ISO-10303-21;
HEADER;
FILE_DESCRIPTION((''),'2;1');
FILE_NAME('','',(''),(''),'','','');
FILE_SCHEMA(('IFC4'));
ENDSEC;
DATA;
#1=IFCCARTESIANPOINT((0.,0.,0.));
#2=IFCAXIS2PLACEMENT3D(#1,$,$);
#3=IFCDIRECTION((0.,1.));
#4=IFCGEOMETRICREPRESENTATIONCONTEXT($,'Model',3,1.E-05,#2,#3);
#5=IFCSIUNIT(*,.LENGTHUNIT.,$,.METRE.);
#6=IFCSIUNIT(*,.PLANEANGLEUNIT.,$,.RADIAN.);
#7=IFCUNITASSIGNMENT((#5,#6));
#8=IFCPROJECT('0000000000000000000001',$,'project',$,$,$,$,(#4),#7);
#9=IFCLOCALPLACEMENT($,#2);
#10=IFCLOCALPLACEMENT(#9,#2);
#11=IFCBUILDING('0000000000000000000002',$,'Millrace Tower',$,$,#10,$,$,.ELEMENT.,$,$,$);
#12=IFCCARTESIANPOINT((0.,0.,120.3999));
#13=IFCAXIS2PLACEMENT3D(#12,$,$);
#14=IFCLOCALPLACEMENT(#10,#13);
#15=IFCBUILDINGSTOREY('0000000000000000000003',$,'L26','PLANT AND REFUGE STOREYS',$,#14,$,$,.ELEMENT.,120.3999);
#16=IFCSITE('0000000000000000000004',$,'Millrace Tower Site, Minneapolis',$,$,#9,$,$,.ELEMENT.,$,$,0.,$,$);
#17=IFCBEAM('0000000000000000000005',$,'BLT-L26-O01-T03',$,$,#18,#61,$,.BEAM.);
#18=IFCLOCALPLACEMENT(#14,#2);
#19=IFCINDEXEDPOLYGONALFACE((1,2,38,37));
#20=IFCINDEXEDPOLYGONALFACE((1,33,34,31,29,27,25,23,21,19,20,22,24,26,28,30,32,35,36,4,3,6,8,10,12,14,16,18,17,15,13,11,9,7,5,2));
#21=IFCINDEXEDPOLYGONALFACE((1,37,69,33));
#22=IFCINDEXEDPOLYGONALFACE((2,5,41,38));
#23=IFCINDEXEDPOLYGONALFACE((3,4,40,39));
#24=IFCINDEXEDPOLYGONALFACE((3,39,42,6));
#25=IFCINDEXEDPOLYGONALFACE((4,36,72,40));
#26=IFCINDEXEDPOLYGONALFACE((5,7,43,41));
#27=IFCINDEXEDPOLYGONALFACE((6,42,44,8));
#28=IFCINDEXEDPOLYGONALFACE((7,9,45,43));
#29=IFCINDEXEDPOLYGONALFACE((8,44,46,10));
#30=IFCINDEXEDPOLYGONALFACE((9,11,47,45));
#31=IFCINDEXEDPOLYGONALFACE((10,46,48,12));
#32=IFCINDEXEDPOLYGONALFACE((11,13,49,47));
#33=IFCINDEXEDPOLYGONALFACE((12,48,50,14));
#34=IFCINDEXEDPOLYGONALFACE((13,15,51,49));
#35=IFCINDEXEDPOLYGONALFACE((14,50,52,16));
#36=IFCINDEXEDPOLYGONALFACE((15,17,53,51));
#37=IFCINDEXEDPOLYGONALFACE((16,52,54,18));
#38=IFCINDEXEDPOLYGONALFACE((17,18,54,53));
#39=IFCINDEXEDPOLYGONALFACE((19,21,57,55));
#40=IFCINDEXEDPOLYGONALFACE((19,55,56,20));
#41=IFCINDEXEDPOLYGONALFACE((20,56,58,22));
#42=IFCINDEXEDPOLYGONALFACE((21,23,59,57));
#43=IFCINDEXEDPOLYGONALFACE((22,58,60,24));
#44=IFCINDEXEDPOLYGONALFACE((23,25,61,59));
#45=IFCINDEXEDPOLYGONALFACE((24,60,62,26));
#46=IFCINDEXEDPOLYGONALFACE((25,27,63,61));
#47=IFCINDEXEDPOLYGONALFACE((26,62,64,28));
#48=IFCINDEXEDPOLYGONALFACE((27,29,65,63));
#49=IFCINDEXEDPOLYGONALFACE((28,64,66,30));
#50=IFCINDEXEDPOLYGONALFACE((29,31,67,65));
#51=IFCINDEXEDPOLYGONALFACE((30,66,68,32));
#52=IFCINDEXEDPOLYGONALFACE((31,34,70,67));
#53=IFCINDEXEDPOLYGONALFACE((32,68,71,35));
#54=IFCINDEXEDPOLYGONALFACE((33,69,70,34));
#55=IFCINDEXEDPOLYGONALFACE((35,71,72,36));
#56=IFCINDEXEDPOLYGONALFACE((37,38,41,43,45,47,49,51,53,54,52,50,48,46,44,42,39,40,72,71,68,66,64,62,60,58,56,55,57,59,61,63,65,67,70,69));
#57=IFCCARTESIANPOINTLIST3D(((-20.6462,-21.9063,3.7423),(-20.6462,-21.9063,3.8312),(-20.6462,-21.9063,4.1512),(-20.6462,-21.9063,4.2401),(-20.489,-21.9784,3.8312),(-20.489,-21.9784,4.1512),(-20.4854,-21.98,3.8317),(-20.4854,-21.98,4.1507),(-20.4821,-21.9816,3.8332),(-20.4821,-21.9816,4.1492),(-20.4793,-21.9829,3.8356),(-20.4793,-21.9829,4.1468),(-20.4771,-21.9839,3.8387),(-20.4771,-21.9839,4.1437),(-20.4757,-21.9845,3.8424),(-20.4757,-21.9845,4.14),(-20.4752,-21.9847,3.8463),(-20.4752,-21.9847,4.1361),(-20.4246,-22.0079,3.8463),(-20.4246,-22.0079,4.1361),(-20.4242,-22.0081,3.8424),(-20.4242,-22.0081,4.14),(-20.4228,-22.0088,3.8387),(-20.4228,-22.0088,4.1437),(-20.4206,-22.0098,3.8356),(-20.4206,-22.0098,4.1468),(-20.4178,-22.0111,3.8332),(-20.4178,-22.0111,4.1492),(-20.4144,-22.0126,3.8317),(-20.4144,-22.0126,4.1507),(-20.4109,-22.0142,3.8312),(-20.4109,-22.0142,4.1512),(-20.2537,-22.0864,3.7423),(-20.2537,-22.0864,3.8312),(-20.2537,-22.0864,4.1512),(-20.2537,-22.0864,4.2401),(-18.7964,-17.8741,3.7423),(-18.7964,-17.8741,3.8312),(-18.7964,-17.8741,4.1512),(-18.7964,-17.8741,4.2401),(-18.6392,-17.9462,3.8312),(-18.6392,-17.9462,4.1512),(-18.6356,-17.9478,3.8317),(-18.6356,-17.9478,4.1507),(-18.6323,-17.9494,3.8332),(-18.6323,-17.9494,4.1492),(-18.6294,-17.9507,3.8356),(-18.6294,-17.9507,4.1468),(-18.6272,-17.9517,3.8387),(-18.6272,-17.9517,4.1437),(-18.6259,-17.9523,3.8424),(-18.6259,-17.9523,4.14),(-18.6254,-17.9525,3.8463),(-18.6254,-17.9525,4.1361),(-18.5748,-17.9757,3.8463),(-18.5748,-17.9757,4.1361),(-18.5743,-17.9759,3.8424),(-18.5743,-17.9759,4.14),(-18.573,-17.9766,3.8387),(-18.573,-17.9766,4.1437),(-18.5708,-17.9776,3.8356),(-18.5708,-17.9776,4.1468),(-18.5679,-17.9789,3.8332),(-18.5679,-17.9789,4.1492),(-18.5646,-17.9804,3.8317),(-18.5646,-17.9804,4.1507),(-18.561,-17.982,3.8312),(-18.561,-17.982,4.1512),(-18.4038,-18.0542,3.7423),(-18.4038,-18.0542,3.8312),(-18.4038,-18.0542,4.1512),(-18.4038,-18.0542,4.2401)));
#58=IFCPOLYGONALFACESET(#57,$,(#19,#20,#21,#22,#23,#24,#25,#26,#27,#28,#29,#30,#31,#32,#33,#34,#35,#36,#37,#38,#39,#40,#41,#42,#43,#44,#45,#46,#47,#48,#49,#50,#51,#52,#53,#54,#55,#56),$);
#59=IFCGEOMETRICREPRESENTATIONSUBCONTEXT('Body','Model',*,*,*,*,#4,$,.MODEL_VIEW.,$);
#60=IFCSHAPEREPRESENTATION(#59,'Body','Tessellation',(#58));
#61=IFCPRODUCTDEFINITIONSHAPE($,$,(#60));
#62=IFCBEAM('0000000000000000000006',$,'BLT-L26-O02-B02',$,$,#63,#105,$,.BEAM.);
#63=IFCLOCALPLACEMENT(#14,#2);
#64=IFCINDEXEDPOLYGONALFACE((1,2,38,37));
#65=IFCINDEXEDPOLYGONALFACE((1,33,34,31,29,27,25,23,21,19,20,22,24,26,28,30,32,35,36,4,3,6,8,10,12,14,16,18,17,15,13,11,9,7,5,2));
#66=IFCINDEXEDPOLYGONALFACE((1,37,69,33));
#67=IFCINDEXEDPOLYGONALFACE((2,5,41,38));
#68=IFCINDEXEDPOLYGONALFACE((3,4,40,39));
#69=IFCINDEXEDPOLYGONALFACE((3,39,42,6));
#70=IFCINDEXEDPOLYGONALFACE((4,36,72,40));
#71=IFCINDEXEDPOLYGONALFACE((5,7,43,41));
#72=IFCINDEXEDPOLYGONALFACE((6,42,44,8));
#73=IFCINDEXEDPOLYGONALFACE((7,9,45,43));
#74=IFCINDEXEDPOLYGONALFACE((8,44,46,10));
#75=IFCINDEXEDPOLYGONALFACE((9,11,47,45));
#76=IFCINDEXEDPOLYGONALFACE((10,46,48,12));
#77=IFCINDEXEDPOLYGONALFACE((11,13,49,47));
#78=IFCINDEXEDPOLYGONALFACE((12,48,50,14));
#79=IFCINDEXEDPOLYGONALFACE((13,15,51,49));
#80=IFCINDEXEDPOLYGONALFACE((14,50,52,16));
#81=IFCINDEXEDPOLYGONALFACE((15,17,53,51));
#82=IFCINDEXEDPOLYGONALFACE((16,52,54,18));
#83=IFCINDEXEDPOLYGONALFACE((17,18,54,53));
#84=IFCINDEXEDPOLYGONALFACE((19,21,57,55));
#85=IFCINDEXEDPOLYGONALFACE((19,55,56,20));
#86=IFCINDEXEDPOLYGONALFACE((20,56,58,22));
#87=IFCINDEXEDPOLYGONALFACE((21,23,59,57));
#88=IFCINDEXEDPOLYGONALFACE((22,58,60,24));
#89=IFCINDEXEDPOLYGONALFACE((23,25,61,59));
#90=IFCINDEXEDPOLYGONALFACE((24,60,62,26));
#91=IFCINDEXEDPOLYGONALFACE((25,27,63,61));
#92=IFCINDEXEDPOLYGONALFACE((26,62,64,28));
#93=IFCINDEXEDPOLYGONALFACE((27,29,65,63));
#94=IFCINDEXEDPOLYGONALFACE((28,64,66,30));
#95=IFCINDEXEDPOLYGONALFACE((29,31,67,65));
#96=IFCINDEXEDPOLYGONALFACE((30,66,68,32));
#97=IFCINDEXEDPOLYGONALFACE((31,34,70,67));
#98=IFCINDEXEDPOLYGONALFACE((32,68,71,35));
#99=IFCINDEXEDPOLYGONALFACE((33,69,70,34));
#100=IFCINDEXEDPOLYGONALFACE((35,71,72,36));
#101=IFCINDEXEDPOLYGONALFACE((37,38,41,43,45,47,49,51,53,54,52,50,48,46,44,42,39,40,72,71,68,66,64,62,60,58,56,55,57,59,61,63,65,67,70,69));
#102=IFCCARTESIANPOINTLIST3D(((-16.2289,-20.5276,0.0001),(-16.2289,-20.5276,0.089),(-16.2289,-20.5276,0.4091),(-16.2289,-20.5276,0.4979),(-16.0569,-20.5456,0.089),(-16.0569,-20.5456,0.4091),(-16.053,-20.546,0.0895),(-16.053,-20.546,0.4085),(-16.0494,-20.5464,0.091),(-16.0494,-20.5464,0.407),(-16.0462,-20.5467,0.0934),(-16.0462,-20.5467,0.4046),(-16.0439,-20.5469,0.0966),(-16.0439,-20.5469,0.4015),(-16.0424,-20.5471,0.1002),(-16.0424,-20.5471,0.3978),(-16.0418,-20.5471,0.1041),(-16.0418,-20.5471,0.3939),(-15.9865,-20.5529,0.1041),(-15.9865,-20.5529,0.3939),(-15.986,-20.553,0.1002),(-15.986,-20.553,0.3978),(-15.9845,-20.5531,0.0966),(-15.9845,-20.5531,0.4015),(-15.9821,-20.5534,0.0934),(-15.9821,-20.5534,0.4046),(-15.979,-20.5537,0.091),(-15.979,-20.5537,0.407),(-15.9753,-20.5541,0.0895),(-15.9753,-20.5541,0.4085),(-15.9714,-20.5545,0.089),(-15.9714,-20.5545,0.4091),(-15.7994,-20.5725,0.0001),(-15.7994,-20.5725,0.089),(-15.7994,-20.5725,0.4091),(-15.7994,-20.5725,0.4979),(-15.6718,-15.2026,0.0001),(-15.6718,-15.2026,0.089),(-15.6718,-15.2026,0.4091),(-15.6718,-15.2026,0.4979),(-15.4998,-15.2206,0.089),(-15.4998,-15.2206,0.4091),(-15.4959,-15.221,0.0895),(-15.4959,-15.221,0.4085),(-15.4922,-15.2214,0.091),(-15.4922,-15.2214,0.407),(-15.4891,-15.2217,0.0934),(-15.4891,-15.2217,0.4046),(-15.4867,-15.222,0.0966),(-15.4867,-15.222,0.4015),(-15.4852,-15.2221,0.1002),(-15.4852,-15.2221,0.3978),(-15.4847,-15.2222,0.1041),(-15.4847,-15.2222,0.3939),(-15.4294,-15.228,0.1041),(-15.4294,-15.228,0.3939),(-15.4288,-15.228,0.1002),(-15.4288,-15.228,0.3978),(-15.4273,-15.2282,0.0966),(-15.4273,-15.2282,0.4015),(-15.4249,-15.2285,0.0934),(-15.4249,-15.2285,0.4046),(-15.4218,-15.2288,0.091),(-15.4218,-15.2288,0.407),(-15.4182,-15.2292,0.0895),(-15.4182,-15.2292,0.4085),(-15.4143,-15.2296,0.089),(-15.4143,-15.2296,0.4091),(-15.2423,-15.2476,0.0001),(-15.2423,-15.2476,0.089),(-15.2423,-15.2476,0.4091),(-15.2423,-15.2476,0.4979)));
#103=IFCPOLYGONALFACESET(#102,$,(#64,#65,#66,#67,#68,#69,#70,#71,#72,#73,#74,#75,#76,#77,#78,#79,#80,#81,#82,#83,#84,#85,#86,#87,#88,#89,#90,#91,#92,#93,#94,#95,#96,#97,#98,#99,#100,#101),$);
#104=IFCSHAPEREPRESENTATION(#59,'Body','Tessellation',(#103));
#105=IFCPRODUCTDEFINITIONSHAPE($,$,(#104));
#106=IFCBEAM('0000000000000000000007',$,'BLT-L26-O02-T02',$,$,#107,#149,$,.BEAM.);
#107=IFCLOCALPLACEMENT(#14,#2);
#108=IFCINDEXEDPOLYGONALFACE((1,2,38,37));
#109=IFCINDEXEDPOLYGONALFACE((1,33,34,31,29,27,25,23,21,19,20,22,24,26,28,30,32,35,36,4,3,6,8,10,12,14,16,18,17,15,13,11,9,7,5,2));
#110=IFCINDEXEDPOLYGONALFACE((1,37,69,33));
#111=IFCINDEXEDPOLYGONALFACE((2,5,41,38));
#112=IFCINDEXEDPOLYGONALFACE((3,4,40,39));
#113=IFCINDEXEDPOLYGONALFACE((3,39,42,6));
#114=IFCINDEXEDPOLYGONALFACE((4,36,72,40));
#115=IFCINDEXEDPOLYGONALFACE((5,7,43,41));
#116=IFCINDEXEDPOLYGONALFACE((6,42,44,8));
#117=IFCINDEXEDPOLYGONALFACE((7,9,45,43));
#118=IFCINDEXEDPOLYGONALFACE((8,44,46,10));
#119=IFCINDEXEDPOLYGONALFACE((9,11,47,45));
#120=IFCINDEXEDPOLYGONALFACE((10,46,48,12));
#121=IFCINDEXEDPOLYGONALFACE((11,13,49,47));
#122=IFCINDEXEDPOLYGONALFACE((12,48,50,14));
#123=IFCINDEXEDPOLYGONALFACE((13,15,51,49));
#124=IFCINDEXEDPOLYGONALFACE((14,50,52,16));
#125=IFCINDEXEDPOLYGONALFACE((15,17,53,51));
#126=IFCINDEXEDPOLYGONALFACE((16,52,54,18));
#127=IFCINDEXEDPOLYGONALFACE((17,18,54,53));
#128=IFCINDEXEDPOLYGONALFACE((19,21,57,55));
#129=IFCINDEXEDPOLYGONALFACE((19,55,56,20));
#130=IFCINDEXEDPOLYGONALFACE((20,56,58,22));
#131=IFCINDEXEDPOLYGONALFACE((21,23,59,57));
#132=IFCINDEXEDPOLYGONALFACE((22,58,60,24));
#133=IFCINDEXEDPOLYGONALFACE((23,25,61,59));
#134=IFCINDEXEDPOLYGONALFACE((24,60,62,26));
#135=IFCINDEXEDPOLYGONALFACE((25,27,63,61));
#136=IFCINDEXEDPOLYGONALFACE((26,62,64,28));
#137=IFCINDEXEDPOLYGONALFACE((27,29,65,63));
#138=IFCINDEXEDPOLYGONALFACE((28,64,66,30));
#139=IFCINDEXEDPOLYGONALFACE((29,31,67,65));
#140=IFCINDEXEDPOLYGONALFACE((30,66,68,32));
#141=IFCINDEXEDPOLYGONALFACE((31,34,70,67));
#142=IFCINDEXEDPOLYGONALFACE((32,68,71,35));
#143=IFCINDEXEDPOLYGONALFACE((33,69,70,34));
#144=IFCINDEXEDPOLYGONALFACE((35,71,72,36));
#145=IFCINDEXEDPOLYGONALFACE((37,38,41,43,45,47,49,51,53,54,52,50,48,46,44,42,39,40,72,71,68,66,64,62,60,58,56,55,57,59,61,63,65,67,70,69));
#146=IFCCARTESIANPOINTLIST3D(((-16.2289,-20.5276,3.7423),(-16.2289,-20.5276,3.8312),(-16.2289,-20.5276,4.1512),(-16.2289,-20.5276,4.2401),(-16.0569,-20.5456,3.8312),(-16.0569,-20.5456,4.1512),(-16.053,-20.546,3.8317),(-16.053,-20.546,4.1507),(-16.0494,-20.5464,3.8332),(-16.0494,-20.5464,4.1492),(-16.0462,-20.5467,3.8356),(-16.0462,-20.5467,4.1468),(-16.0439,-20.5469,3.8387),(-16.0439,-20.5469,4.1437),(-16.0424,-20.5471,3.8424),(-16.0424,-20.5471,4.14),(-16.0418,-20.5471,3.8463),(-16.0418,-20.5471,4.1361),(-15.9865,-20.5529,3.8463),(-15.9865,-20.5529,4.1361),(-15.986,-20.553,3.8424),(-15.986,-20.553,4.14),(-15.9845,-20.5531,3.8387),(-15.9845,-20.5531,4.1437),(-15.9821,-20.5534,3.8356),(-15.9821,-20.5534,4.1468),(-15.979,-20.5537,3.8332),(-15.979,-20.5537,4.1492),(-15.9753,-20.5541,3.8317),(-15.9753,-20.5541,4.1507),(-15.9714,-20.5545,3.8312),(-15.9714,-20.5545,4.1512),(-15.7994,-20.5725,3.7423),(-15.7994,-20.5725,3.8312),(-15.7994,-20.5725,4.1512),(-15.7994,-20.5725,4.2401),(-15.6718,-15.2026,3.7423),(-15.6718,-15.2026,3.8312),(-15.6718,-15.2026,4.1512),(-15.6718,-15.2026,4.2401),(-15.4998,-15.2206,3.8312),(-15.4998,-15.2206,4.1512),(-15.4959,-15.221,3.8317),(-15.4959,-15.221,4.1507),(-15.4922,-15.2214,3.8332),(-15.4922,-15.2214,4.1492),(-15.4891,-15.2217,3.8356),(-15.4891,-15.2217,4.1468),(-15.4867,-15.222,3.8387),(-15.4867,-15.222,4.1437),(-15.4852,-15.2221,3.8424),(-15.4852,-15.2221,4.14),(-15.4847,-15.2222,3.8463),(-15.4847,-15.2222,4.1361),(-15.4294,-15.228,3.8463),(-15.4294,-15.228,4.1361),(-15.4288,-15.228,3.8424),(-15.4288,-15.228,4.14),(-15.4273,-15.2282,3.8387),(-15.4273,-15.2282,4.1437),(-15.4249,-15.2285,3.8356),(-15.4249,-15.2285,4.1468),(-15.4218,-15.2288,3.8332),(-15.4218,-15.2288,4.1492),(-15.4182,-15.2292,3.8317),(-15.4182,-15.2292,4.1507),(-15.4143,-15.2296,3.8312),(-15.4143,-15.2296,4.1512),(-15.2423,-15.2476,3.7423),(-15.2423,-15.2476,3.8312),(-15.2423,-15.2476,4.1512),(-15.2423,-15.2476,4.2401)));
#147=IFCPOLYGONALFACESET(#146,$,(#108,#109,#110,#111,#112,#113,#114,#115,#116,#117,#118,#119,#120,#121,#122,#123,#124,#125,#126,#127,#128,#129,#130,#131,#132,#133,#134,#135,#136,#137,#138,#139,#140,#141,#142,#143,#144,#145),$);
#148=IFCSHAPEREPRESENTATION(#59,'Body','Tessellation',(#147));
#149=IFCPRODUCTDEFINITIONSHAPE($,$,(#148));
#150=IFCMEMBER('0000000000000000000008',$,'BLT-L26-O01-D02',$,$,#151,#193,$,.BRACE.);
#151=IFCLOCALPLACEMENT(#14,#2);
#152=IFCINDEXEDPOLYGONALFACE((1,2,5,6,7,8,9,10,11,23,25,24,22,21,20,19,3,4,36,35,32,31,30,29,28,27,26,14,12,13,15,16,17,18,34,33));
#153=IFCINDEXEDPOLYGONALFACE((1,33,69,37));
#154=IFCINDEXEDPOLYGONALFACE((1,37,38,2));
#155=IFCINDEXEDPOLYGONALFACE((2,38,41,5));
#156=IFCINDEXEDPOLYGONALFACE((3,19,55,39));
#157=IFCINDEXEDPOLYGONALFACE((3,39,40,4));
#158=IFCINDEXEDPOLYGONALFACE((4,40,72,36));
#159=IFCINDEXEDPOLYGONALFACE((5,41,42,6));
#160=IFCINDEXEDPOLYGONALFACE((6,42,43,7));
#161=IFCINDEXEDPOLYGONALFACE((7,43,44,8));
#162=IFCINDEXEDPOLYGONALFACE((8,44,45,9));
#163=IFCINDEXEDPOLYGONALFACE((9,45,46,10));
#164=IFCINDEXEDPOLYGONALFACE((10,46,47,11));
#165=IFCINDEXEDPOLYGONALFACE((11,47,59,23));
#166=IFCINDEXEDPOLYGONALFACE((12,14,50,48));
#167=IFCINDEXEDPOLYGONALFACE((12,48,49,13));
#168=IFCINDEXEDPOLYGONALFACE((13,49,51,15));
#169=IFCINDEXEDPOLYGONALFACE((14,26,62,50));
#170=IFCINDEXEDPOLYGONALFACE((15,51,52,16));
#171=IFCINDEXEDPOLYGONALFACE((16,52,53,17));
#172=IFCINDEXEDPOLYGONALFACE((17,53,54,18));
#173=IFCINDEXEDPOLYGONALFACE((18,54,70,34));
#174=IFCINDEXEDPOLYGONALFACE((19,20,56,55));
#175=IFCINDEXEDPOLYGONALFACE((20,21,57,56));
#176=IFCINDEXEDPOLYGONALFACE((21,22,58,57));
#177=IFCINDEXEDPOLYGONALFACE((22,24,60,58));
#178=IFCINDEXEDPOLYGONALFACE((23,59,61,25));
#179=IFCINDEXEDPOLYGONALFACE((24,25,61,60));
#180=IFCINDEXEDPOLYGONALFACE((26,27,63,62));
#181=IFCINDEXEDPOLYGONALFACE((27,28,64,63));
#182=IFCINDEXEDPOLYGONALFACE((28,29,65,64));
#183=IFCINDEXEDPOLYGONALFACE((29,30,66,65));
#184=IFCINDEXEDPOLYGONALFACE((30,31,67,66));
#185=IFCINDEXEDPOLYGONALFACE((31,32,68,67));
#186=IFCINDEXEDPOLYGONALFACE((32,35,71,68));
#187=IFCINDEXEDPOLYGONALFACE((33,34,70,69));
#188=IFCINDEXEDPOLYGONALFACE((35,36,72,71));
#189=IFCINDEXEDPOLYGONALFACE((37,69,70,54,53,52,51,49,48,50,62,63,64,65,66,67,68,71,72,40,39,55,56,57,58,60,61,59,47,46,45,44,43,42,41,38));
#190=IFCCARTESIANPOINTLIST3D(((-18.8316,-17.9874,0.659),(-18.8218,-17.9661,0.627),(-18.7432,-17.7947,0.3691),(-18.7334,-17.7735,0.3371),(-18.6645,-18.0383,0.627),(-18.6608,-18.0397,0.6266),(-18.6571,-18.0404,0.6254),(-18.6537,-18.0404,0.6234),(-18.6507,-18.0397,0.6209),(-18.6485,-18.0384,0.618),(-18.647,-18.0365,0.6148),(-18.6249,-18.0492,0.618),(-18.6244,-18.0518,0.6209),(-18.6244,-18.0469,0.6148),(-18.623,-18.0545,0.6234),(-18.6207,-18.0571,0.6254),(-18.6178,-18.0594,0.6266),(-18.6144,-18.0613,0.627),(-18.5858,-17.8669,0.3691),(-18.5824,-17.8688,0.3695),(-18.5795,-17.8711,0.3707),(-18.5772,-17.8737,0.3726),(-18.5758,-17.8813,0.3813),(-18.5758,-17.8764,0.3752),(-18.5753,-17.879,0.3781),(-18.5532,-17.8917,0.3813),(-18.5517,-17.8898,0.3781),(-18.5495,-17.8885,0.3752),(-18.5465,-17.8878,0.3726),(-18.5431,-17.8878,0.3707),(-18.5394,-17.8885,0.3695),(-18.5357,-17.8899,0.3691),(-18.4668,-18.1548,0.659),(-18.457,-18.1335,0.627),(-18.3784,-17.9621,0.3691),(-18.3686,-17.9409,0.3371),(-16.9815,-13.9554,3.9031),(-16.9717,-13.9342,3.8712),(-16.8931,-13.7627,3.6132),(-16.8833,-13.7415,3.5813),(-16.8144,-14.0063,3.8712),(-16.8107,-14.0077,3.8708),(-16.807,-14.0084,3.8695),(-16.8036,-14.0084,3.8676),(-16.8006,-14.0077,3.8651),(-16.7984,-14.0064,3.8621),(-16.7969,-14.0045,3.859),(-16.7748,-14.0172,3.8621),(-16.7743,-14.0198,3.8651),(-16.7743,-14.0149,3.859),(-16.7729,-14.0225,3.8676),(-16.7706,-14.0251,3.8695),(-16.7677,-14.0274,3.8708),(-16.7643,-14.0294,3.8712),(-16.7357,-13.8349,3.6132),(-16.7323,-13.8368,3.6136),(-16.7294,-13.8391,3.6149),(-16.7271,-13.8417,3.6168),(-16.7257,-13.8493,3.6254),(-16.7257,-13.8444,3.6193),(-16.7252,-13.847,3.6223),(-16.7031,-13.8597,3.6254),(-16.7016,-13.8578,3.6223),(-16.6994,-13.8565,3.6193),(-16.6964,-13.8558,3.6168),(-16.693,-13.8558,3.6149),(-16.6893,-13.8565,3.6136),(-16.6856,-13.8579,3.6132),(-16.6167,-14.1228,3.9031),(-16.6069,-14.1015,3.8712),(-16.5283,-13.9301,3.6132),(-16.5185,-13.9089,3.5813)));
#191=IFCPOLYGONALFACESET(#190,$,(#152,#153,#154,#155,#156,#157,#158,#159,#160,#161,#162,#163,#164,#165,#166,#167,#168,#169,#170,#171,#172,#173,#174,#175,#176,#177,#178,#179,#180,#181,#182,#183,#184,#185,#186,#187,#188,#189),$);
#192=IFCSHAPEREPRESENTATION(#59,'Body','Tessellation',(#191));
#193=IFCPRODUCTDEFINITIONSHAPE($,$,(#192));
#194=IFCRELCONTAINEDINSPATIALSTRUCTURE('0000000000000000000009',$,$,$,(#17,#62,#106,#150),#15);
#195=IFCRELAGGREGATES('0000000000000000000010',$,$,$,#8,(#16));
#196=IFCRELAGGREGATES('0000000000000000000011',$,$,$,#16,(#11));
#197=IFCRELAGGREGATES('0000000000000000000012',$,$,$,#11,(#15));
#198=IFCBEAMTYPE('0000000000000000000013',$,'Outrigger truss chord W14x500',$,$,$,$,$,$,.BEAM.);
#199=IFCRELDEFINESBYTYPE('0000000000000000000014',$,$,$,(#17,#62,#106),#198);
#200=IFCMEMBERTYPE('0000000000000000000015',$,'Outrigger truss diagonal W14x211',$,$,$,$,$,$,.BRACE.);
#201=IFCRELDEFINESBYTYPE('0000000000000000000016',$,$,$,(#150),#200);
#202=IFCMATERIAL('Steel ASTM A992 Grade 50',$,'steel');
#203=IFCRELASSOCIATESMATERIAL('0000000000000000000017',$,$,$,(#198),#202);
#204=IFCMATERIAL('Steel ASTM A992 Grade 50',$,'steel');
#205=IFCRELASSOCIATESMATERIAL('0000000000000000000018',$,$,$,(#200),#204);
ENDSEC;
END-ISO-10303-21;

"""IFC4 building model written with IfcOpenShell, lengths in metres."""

from ifc_helpers import new_model, si_unit, direction, frame, origin, origin_2d, place, context, subcontext, project, spatial, i_section, extrude, material, material_profile, profile_set, type_object, element, save


model = new_model("IFC4")

# Units and contexts
model_context = context("Model", 3, precision=1e-05, world=origin(), true_north=direction((0.0, 1.0)))
body_context = subcontext(model_context, "Body", "Model", "MODEL_VIEW")
ifc_project = project(units=[si_unit("LENGTHUNIT", "METRE"), si_unit("PLANEANGLEUNIT", "RADIAN")], contexts=[model_context])

# Site, building, storey
site_placement = place(None, origin())
site = spatial("IfcSite", under=ifc_project, at=site_placement, Name="Millrace Tower Site, Minneapolis", CompositionType="ELEMENT", RefElevation=0.0)
building_placement = place(site_placement, origin())
building = spatial("IfcBuilding", under=site, at=building_placement, Name="Millrace Tower", CompositionType="ELEMENT")
storey_placement = place(building_placement, frame((0.0, 0.0, 120.3999)))
storey = spatial("IfcBuildingStorey", under=building, at=storey_placement, Name="L26", Description="PLANT AND REFUGE STOREYS", CompositionType="ELEMENT", Elevation=120.3999)

# Beams
ifc_material_1 = material(Name="Steel ASTM A992 Grade 50", Category="steel")
ifc_material_profile_1 = material_profile(ifc_material_1, i_section(OverallWidth=0.4319, OverallDepth=0.4978, WebThickness=0.0557, FlangeThickness=0.0889, FilletRadius=0.0151, at=origin_2d()))
ifc_profile_set_1 = profile_set([ifc_material_profile_1], Name="Steel ASTM A992 Grade 50")
beam_type_1 = type_object("IfcBeamType", Name="Outrigger truss chord W14x500", PredefinedType="BEAM", material=ifc_profile_set_1)
for number, where, z_axis, x_axis, name in (
    (1, (-18.6001, -17.9641, 3.9912), (-0.416981, -0.908915, 0.0), (0.908915, -0.416981, 0.0), "BLT-L26-O01-T03"),
):
    element("IfcBeam", number, at=place(storey_placement, frame(where, z_axis=z_axis, x_axis=x_axis)), inside=storey, type_object=beam_type_1, Name=name, PredefinedType="BEAM", context=body_context, shape_type="SweptSolid", body=[
        extrude(i_section(OverallWidth=0.4319, OverallDepth=0.4978, WebThickness=0.0557, FlangeThickness=0.0889, FilletRadius=0.0151, at=origin_2d()), origin(), (0.0, 0.0, 1.0), 4.4363),
    ])
for number, where, z_axis, x_axis, name in (
    (2, (-15.457, -15.2251, 0.249), (-0.104058, -0.994571, 0.0), (0.994571, -0.104058, 0.0), "BLT-L26-O02-B02"),
    (3, (-15.457, -15.2251, 3.9912), (-0.104058, -0.994571, 0.0), (0.994571, -0.104058, 0.0), "BLT-L26-O02-T02"),
):
    element("IfcBeam", number, at=place(storey_placement, frame(where, z_axis=z_axis, x_axis=x_axis)), inside=storey, type_object=beam_type_1, Name=name, PredefinedType="BEAM", context=body_context, shape_type="SweptSolid", body=[
        extrude(i_section(OverallWidth=0.4319, OverallDepth=0.4978, WebThickness=0.0557, FlangeThickness=0.0889, FilletRadius=0.0151, at=origin_2d()), origin(), (0.0, 0.0, 1.0), 5.354),
    ])

# Member
ifc_material_2 = material(Name="Steel ASTM A992 Grade 50", Category="steel")
ifc_material_profile_2 = material_profile(ifc_material_2, i_section(OverallWidth=0.4014, OverallDepth=0.3987, WebThickness=0.0249, FlangeThickness=0.0396, FilletRadius=0.0151, at=origin_2d()))
ifc_profile_set_2 = profile_set([ifc_material_profile_2], Name="Steel ASTM A992 Grade 50")
member_type_1 = type_object("IfcMemberType", Name="Outrigger truss diagonal W14x211", PredefinedType="BRACE", material=ifc_profile_set_2)
for number, where, z_axis, x_axis, name in (
    (4, (-18.6001, -17.9641, 0.498), (0.336636, 0.733643, 0.590291), (-0.908885, 0.417047, 0.0), "BLT-L26-O01-D02"),
):
    element("IfcMember", number, at=place(storey_placement, frame(where, z_axis=z_axis, x_axis=x_axis)), inside=storey, type_object=member_type_1, Name=name, PredefinedType="BRACE", context=body_context, shape_type="SweptSolid", body=[
        extrude(i_section(OverallWidth=0.4014, OverallDepth=0.3987, WebThickness=0.0249, FlangeThickness=0.0396, FilletRadius=0.0151, at=origin_2d()), origin(), (0.0, 0.0, 1.0), 5.4958),
    ])

save(model, "model.ifc")
